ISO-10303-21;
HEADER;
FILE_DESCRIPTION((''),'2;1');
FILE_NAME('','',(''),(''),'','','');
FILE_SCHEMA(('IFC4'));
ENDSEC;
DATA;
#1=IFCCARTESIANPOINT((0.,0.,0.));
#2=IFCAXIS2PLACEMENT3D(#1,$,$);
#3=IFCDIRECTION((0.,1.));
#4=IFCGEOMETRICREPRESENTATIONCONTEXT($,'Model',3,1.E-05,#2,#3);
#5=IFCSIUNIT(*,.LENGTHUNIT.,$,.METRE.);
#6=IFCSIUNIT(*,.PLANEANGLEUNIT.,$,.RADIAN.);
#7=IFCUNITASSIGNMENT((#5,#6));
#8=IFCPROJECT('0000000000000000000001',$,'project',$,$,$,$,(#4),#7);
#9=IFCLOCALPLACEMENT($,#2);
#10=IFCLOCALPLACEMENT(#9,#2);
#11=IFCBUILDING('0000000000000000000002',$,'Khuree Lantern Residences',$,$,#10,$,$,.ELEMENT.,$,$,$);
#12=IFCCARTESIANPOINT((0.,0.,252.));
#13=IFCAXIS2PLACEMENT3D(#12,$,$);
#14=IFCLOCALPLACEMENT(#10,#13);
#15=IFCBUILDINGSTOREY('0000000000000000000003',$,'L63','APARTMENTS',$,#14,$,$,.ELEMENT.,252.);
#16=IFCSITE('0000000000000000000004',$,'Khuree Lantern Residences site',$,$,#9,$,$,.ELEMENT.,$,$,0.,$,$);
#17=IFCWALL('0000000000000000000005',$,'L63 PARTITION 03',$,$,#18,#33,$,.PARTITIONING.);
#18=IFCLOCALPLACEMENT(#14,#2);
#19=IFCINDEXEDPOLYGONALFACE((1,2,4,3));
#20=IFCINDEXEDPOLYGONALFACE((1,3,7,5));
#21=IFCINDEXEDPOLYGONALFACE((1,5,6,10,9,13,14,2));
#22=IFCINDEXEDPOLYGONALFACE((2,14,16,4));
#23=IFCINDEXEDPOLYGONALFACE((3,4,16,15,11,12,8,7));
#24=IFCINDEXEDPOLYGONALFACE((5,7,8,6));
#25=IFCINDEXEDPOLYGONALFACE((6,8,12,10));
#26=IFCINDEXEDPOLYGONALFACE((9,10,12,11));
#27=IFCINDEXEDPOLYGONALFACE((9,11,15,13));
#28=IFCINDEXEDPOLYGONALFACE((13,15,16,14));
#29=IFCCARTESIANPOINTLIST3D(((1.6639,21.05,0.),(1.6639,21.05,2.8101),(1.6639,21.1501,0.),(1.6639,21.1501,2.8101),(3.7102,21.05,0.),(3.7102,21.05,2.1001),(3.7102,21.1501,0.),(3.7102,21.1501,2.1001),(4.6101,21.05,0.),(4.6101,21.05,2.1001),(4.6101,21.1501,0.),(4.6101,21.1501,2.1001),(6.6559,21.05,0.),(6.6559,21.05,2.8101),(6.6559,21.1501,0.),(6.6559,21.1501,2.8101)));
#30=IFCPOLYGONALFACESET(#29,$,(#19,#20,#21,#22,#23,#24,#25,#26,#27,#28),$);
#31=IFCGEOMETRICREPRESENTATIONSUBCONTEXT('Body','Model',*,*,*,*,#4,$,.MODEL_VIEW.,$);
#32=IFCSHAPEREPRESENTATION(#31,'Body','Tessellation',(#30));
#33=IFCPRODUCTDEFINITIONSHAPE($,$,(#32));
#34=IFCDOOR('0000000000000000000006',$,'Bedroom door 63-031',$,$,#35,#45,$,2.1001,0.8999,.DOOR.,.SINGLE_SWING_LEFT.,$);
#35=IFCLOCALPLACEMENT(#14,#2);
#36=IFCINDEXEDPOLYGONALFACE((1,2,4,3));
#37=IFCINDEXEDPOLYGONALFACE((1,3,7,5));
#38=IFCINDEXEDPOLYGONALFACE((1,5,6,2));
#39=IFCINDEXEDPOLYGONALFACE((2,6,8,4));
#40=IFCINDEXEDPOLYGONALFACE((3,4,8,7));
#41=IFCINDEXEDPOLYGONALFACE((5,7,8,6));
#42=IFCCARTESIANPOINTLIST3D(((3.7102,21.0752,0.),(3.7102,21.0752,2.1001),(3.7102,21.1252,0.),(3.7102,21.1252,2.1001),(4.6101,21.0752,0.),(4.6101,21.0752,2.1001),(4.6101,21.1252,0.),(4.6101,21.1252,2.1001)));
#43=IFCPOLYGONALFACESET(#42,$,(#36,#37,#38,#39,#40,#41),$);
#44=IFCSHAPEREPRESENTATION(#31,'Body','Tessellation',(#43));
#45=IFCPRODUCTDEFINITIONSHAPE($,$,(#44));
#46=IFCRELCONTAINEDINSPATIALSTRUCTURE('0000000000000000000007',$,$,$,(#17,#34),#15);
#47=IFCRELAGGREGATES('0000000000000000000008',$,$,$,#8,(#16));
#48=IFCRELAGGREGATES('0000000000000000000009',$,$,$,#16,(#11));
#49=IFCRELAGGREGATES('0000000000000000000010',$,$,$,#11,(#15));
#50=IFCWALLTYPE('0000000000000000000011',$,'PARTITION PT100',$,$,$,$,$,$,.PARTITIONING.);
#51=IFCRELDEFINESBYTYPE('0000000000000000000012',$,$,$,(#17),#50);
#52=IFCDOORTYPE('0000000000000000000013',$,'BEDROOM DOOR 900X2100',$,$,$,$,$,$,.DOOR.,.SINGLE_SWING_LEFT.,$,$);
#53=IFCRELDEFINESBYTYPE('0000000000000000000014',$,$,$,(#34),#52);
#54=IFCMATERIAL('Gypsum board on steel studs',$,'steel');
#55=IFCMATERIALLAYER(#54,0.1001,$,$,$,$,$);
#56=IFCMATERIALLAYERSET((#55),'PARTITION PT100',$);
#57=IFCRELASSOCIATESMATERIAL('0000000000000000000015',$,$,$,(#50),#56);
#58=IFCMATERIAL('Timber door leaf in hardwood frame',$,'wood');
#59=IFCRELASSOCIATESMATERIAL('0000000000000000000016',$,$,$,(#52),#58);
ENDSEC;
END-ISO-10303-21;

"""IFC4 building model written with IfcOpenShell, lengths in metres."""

from ifc_helpers import new_model, si_unit, direction, frame, frame_2d, origin, place, context, subcontext, project, spatial, rectangle, extrude, material, layer, layer_set, type_object, element, fill, save


model = new_model("IFC4")

# Units and contexts
model_context = context("Model", 3, precision=1e-05, world=origin(), true_north=direction((0.0, 1.0)))
body_context = subcontext(model_context, "Body", "Model", "MODEL_VIEW")
ifc_project = project(units=[si_unit("LENGTHUNIT", "METRE"), si_unit("PLANEANGLEUNIT", "RADIAN")], contexts=[model_context])

# Site, building, storey
site_placement = place(None, origin())
site = spatial("IfcSite", under=ifc_project, at=site_placement, Name="Khuree Lantern Residences site", CompositionType="ELEMENT", RefElevation=0.0)
building_placement = place(site_placement, origin())
building = spatial("IfcBuilding", under=site, at=building_placement, Name="Khuree Lantern Residences", CompositionType="ELEMENT")
storey_placement = place(building_placement, frame((0.0, 0.0, 252.0)))
storey = spatial("IfcBuildingStorey", under=building, at=storey_placement, Name="L63", Description="APARTMENTS", CompositionType="ELEMENT", Elevation=252.0)

# Shared definitions
ifc_material_1 = material(Name="Gypsum board on steel studs", Category="steel")
ifc_layer_1 = layer(ifc_material_1, 0.1001)
ifc_layer_set_1 = layer_set([ifc_layer_1], Name="PARTITION PT100")
wall_type_1 = type_object("IfcWallType", Name="PARTITION PT100", PredefinedType="PARTITIONING", material=ifc_layer_set_1)

# Shared definitions
ifc_material_2 = material(Name="Timber door leaf in hardwood frame", Category="wood")
door_type_1 = type_object("IfcDoorType", Name="BEDROOM DOOR 900X2100", OperationType="SINGLE_SWING_LEFT", PredefinedType="DOOR", material=ifc_material_2)

# Wall, opening, door
wall_1_placement = place(storey_placement, frame((6.656, 21.1001, 0.0), z_axis=(0.0, 0.0, 1.0), x_axis=(-1.0, 0.0, 0.0)))
wall_1 = element("IfcWall", 1, at=wall_1_placement, inside=storey, type_object=wall_type_1, Name="L63 PARTITION 03", PredefinedType="PARTITIONING", context=body_context, shape_type="SweptSolid", body=[
    extrude(rectangle(XDim=4.9919, YDim=0.1001, at=frame_2d((2.4961, 0.0))), origin(), (0.0, 0.0, 1.0), 2.8101),
])
opening_1_placement = place(wall_1_placement, frame((2.0459, 0.0, 0.0)))
opening_1 = element("IfcOpeningElement", 2, at=opening_1_placement, cuts=wall_1, PredefinedType="OPENING", context=body_context, shape_type="SweptSolid", body=[
    extrude(rectangle(XDim=0.8999, YDim=2.1001, at=frame_2d((0.45, 1.05))), frame((0.0, 0.0601, 0.0), z_axis=(0.0, -1.0, 0.0), x_axis=(1.0, 0.0, 0.0)), (0.0, 0.0, 1.0), 0.1201),
])
door_1_placement = place(opening_1_placement, origin())
door_1 = element("IfcDoor", 3, at=door_1_placement, inside=storey, type_object=door_type_1, Name="Bedroom door 63-031", OperationType="SINGLE_SWING_LEFT", OverallHeight=2.1001, OverallWidth=0.8999, PredefinedType="DOOR", context=body_context, shape_type="SweptSolid", body=[
    extrude(rectangle(XDim=0.8999, YDim=2.1001, at=frame_2d((0.45, 1.05))), frame((0.0, 0.0249, 0.0), z_axis=(0.0, -1.0, 0.0), x_axis=(1.0, 0.0, 0.0)), (0.0, 0.0, 1.0), 0.05),
])
fill(opening_1, door_1)

save(model, "model.ifc")
